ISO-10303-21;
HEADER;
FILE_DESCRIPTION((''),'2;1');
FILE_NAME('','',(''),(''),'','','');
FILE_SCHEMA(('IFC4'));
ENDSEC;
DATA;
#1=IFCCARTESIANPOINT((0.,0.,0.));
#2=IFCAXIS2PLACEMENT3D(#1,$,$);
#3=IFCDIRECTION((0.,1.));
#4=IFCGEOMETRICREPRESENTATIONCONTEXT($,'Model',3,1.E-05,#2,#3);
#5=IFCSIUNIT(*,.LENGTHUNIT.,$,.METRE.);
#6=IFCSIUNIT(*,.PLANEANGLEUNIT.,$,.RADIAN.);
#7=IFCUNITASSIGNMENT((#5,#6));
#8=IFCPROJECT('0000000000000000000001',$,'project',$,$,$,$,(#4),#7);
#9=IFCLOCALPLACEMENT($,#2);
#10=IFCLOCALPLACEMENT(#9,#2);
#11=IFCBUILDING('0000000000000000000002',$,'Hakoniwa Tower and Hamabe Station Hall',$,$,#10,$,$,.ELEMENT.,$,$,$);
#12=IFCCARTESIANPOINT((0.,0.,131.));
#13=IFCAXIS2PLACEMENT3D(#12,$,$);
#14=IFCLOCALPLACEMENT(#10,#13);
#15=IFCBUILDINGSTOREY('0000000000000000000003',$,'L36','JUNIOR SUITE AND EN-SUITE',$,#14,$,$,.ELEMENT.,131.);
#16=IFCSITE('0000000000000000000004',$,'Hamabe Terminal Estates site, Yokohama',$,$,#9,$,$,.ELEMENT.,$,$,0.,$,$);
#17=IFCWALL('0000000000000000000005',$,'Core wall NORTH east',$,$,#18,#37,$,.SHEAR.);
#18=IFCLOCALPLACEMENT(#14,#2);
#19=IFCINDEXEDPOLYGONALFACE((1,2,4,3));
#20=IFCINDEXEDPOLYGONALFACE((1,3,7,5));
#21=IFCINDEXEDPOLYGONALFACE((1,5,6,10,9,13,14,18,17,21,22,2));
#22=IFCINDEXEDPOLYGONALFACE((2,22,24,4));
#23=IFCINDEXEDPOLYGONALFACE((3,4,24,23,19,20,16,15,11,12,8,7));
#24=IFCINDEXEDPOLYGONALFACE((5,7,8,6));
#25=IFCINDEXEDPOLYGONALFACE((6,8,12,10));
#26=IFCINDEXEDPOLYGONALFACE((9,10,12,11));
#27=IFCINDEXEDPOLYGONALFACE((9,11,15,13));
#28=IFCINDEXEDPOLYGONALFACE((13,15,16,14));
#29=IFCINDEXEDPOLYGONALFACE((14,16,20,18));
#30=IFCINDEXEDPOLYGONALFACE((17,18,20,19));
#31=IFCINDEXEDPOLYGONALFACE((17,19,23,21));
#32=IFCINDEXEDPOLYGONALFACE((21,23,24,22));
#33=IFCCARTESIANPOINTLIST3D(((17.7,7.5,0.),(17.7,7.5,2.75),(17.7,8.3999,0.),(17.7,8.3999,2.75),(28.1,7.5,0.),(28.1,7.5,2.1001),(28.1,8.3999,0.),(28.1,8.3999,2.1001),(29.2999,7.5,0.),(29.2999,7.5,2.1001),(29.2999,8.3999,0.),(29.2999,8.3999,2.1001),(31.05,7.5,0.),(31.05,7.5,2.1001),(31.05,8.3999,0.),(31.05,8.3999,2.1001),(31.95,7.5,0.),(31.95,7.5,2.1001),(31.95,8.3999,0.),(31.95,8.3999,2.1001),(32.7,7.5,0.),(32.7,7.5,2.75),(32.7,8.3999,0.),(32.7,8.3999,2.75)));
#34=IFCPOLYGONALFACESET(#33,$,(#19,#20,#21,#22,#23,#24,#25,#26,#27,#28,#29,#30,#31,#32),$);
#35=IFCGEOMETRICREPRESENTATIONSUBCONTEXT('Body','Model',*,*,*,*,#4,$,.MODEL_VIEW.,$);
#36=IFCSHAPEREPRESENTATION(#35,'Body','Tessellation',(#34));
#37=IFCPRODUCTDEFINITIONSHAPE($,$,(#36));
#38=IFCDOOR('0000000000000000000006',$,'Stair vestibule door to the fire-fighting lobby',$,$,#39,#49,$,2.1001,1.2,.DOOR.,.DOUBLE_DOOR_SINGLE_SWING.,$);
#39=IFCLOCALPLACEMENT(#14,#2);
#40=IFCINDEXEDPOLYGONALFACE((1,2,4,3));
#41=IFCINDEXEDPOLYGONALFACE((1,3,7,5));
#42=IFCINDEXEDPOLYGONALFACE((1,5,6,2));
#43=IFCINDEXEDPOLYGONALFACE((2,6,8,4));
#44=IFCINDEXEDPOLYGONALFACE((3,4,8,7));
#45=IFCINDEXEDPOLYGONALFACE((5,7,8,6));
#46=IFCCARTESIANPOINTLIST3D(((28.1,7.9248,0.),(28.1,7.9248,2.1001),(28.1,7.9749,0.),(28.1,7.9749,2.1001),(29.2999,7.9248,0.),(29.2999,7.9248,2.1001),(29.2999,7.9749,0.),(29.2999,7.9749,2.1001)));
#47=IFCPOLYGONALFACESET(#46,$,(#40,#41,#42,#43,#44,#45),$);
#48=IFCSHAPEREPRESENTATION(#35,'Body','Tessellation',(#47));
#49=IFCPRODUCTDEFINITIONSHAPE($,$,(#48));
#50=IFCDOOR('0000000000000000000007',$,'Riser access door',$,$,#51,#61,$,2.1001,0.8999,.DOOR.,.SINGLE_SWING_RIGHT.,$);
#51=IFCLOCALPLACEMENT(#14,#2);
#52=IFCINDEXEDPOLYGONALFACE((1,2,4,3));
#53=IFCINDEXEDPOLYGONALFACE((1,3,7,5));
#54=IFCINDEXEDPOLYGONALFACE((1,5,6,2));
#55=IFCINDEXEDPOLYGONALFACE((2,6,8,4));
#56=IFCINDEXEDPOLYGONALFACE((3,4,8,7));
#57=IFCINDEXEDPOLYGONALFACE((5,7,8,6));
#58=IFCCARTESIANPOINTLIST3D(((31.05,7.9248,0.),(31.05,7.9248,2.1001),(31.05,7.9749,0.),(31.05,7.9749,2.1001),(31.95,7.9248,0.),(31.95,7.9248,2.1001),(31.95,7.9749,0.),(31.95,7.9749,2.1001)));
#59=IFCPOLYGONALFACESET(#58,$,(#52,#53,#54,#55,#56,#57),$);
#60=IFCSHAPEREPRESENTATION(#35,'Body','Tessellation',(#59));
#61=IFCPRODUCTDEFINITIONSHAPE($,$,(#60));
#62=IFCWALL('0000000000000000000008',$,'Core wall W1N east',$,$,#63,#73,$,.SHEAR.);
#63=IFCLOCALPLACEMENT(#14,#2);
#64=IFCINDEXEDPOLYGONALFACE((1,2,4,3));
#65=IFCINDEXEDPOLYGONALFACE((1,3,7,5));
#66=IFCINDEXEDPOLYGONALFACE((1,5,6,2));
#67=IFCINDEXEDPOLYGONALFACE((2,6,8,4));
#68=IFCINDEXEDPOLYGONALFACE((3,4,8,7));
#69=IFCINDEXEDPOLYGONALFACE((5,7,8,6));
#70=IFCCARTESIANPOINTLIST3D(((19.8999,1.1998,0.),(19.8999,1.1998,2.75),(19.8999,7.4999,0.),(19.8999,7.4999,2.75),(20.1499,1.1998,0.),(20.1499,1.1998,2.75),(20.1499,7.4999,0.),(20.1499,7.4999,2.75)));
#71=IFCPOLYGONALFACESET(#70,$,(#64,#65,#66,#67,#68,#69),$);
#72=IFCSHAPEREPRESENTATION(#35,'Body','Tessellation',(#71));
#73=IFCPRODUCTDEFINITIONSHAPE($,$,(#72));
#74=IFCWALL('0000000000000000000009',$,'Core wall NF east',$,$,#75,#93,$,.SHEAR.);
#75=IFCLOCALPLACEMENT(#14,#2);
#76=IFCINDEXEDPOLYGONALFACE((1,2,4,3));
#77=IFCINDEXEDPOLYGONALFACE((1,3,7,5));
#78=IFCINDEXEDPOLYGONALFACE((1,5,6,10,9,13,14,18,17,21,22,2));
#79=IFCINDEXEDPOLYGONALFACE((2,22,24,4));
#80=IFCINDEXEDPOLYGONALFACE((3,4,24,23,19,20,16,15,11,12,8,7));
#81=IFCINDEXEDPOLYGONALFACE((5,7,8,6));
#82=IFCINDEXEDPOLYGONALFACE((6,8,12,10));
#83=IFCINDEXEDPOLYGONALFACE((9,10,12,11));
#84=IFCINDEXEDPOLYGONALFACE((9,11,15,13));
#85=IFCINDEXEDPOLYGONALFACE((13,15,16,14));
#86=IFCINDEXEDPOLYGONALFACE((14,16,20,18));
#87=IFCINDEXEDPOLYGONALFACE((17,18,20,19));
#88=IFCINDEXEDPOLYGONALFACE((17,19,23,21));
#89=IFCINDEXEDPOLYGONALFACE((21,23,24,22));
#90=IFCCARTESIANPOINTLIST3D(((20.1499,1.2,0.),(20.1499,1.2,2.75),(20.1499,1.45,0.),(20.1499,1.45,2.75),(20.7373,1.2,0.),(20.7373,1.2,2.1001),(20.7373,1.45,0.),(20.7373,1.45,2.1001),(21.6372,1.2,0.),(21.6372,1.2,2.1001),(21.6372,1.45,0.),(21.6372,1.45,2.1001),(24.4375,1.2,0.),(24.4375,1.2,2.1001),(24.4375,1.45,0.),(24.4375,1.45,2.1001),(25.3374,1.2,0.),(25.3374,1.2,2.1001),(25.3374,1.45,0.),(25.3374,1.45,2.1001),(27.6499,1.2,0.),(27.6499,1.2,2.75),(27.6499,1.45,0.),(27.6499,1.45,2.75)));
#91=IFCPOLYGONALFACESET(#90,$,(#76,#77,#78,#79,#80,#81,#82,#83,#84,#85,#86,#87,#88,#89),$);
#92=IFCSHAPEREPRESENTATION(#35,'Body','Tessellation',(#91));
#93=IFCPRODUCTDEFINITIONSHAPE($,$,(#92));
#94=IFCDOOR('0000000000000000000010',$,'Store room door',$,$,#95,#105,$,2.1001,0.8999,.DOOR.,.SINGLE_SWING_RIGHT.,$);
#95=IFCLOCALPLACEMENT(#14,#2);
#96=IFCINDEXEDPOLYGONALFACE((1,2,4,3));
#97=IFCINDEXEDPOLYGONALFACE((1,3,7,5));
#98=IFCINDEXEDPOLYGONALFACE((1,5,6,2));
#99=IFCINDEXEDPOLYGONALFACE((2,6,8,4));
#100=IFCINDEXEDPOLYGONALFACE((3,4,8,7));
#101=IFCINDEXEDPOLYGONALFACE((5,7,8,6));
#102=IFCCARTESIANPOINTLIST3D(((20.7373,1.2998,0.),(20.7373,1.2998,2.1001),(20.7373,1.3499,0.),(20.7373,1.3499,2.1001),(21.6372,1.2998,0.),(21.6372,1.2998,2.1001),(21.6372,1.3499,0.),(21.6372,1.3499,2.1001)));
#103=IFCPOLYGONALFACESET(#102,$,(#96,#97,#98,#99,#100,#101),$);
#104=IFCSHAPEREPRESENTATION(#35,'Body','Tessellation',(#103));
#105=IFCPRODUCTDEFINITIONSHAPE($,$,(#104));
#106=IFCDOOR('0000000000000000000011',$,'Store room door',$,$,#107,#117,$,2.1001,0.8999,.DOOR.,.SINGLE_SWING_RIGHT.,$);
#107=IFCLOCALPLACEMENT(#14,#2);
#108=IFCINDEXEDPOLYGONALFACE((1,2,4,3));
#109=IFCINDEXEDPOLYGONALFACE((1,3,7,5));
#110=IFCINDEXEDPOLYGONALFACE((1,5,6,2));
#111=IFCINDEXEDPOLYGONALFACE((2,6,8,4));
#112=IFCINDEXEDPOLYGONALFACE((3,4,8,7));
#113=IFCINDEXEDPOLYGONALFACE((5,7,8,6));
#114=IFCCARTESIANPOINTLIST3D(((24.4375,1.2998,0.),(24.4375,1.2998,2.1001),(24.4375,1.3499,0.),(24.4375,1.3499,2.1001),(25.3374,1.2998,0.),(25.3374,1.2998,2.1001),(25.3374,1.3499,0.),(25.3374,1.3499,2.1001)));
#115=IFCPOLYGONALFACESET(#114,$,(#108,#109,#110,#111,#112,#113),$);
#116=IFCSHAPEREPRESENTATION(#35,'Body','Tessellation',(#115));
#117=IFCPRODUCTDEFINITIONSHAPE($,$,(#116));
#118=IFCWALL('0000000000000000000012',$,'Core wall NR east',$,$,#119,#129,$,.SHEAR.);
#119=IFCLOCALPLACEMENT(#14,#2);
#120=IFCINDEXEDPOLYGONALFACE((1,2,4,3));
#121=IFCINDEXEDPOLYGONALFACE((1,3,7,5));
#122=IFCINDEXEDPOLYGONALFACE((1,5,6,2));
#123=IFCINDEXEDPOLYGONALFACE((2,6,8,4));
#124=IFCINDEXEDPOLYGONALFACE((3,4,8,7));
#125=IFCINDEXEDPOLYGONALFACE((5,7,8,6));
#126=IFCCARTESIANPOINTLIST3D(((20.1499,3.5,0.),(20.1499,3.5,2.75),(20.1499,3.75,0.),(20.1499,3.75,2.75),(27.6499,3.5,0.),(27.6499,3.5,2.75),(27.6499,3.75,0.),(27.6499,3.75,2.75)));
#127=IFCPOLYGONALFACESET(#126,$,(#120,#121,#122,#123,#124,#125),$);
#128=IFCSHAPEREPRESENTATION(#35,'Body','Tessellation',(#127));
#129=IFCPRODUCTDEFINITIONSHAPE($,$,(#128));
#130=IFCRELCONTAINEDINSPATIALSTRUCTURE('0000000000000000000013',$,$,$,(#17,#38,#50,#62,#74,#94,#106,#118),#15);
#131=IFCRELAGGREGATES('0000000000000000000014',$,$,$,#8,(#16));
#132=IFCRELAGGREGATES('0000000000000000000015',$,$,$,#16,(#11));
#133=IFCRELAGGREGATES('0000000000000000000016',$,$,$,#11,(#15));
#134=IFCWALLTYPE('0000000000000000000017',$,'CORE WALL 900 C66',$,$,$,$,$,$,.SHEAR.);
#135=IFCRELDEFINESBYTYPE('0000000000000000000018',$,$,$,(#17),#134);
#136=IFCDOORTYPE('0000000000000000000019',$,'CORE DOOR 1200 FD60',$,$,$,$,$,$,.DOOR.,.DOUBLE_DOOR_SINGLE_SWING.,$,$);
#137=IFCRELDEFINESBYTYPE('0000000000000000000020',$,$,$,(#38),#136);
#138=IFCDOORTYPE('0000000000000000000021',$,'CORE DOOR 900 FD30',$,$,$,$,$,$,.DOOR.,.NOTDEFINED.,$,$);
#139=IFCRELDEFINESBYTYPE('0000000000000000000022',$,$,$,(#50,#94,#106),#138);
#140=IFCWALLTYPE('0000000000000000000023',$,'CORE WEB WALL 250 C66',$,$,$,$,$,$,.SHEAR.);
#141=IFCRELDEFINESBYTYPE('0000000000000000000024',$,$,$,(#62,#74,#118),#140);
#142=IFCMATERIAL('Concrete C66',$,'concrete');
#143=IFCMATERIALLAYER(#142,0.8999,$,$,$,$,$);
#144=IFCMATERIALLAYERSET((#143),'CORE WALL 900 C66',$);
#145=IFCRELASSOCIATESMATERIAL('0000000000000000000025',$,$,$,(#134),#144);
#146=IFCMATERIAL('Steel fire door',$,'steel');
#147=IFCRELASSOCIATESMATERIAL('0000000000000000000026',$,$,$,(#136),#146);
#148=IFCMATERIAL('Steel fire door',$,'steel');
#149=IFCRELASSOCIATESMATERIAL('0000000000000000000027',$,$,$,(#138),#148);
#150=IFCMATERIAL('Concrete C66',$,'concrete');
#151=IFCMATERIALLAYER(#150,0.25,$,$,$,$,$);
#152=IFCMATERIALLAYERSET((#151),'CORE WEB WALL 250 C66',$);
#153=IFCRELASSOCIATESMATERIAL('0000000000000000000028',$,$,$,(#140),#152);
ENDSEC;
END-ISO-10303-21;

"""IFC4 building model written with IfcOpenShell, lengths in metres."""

from ifc_helpers import new_model, si_unit, direction, frame, frame_2d, origin, place, context, subcontext, project, spatial, rectangle, extrude, material, layer, layer_set, type_object, element, fill, save


model = new_model("IFC4")

# Units and contexts
model_context = context("Model", 3, precision=1e-05, world=origin(), true_north=direction((0.0, 1.0)))
body_context = subcontext(model_context, "Body", "Model", "MODEL_VIEW")
ifc_project = project(units=[si_unit("LENGTHUNIT", "METRE"), si_unit("PLANEANGLEUNIT", "RADIAN")], contexts=[model_context])

# Site, building, storey
site_placement = place(None, origin())
site = spatial("IfcSite", under=ifc_project, at=site_placement, Name="Hamabe Terminal Estates site, Yokohama", CompositionType="ELEMENT", RefElevation=0.0)
building_placement = place(site_placement, origin())
building = spatial("IfcBuilding", under=site, at=building_placement, Name="Hakoniwa Tower and Hamabe Station Hall", CompositionType="ELEMENT")
storey_placement = place(building_placement, frame((0.0, 0.0, 131.0)))
storey = spatial("IfcBuildingStorey", under=building, at=storey_placement, Name="L36", Description="JUNIOR SUITE AND EN-SUITE", CompositionType="ELEMENT", Elevation=131.0)

# Wall, openings, doors
ifc_material_1 = material(Name="Concrete C66", Category="concrete")
ifc_layer_1 = layer(ifc_material_1, 0.8999)
ifc_layer_set_1 = layer_set([ifc_layer_1], Name="CORE WALL 900 C66")
wall_type_1 = type_object("IfcWallType", Name="CORE WALL 900 C66", PredefinedType="SHEAR", material=ifc_layer_set_1)
wall_1_placement = place(storey_placement, frame((17.7, 7.95, 0.0), z_axis=(0.0, 0.0, 1.0), x_axis=(1.0, 0.0, 0.0)))
wall_1 = element("IfcWall", 1, at=wall_1_placement, inside=storey, type_object=wall_type_1, Name="Core wall NORTH east", PredefinedType="SHEAR", context=body_context, shape_type="SweptSolid", body=[
    extrude(rectangle(XDim=15.0, YDim=0.8999, at=frame_2d((7.5, 0.0))), origin(), (0.0, 0.0, 1.0), 2.75),
])
opening_1_placement = place(wall_1_placement, frame((10.3999, 0.0, 0.0)))
opening_1 = element("IfcOpeningElement", 2, at=opening_1_placement, cuts=wall_1, PredefinedType="OPENING", context=body_context, shape_type="SweptSolid", body=[
    extrude(rectangle(XDim=1.2, YDim=2.1001, at=frame_2d((0.6001, 1.05))), frame((0.0, 0.46, 0.0), z_axis=(0.0, -1.0, 0.0), x_axis=(1.0, 0.0, 0.0)), (0.0, 0.0, 1.0), 0.9199),
])
opening_2_placement = place(wall_1_placement, frame((13.3501, 0.0, 0.0)))
opening_2 = element("IfcOpeningElement", 3, at=opening_2_placement, cuts=wall_1, PredefinedType="OPENING", context=body_context, shape_type="SweptSolid", body=[
    extrude(rectangle(XDim=0.8999, YDim=2.1001, at=frame_2d((0.45, 1.05))), frame((0.0, 0.46, 0.0), z_axis=(0.0, -1.0, 0.0), x_axis=(1.0, 0.0, 0.0)), (0.0, 0.0, 1.0), 0.9199),
])
ifc_material_2 = material(Name="Steel fire door", Category="steel")
door_type_1 = type_object("IfcDoorType", Name="CORE DOOR 1200 FD60", OperationType="DOUBLE_DOOR_SINGLE_SWING", PredefinedType="DOOR", material=ifc_material_2)
door_1_placement = place(opening_1_placement, origin())
door_1 = element("IfcDoor", 4, at=door_1_placement, inside=storey, type_object=door_type_1, Name="Stair vestibule door to the fire-fighting lobby", OperationType="DOUBLE_DOOR_SINGLE_SWING", OverallHeight=2.1001, OverallWidth=1.2, PredefinedType="DOOR", context=body_context, shape_type="SweptSolid", body=[
    extrude(rectangle(XDim=1.2, YDim=2.1001, at=frame_2d((0.6001, 1.05))), frame((0.0, 0.0249, 0.0), z_axis=(0.0, -1.0, 0.0), x_axis=(1.0, 0.0, 0.0)), (0.0, 0.0, 1.0), 0.05),
])
fill(opening_1, door_1)
ifc_material_3 = material(Name="Steel fire door", Category="steel")
door_type_2 = type_object("IfcDoorType", Name="CORE DOOR 900 FD30", OperationType="NOTDEFINED", PredefinedType="DOOR", material=ifc_material_3)
door_2_placement = place(opening_2_placement, origin())
door_2 = element("IfcDoor", 5, at=door_2_placement, inside=storey, type_object=door_type_2, Name="Riser access door", OperationType="SINGLE_SWING_RIGHT", OverallHeight=2.1001, OverallWidth=0.8999, PredefinedType="DOOR", context=body_context, shape_type="SweptSolid", body=[
    extrude(rectangle(XDim=0.8999, YDim=2.1001, at=frame_2d((0.45, 1.05))), frame((0.0, 0.0249, 0.0), z_axis=(0.0, -1.0, 0.0), x_axis=(1.0, 0.0, 0.0)), (0.0, 0.0, 1.0), 0.05),
])
fill(opening_2, door_2)

# Wall
ifc_material_4 = material(Name="Concrete C66", Category="concrete")
ifc_layer_2 = layer(ifc_material_4, 0.25)
ifc_layer_set_2 = layer_set([ifc_layer_2], Name="CORE WEB WALL 250 C66")
wall_type_2 = type_object("IfcWallType", Name="CORE WEB WALL 250 C66", PredefinedType="SHEAR", material=ifc_layer_set_2)
wall_2_placement = place(storey_placement, frame((20.0249, 1.2, 0.0), z_axis=(0.0, 0.0, 1.0), x_axis=(0.0, 1.0, 0.0)))
element("IfcWall", 6, at=wall_2_placement, inside=storey, type_object=wall_type_2, Name="Core wall W1N east", PredefinedType="SHEAR", context=body_context, shape_type="SweptSolid", body=[
    extrude(rectangle(XDim=6.3, YDim=0.25, at=frame_2d((3.1499, 0.0))), origin(), (0.0, 0.0, 1.0), 2.75),
])

# Wall, openings, doors
wall_3_placement = place(storey_placement, frame((20.1499, 1.325, 0.0), z_axis=(0.0, 0.0, 1.0), x_axis=(1.0, 0.0, 0.0)))
wall_3 = element("IfcWall", 7, at=wall_3_placement, inside=storey, type_object=wall_type_2, Name="Core wall NF east", PredefinedType="SHEAR", context=body_context, shape_type="SweptSolid", body=[
    extrude(rectangle(XDim=7.5, YDim=0.25, at=frame_2d((3.75, 0.0))), origin(), (0.0, 0.0, 1.0), 2.75),
])
opening_3_placement = place(wall_3_placement, frame((0.5874, 0.0, 0.0)))
opening_3 = element("IfcOpeningElement", 8, at=opening_3_placement, cuts=wall_3, PredefinedType="OPENING", context=body_context, shape_type="SweptSolid", body=[
    extrude(rectangle(XDim=0.8999, YDim=2.1001, at=frame_2d((0.45, 1.05))), frame((0.0, 0.135, 0.0), z_axis=(0.0, -1.0, 0.0), x_axis=(1.0, 0.0, 0.0)), (0.0, 0.0, 1.0), 0.27),
])
opening_4_placement = place(wall_3_placement, frame((4.2876, 0.0, 0.0)))
opening_4 = element("IfcOpeningElement", 9, at=opening_4_placement, cuts=wall_3, PredefinedType="OPENING", context=body_context, shape_type="SweptSolid", body=[
    extrude(rectangle(XDim=0.8999, YDim=2.1001, at=frame_2d((0.45, 1.05))), frame((0.0, 0.135, 0.0), z_axis=(0.0, -1.0, 0.0), x_axis=(1.0, 0.0, 0.0)), (0.0, 0.0, 1.0), 0.27),
])
door_3_placement = place(opening_3_placement, origin())
door_3 = element("IfcDoor", 10, at=door_3_placement, inside=storey, type_object=door_type_2, Name="Store room door", OperationType="SINGLE_SWING_RIGHT", OverallHeight=2.1001, OverallWidth=0.8999, PredefinedType="DOOR", context=body_context, shape_type="SweptSolid", body=[
    extrude(rectangle(XDim=0.8999, YDim=2.1001, at=frame_2d((0.45, 1.05))), frame((0.0, 0.0249, 0.0), z_axis=(0.0, -1.0, 0.0), x_axis=(1.0, 0.0, 0.0)), (0.0, 0.0, 1.0), 0.05),
])
fill(opening_3, door_3)
door_4_placement = place(opening_4_placement, origin())
door_4 = element("IfcDoor", 11, at=door_4_placement, inside=storey, type_object=door_type_2, Name="Store room door", OperationType="SINGLE_SWING_RIGHT", OverallHeight=2.1001, OverallWidth=0.8999, PredefinedType="DOOR", context=body_context, shape_type="SweptSolid", body=[
    extrude(rectangle(XDim=0.8999, YDim=2.1001, at=frame_2d((0.45, 1.05))), frame((0.0, 0.0249, 0.0), z_axis=(0.0, -1.0, 0.0), x_axis=(1.0, 0.0, 0.0)), (0.0, 0.0, 1.0), 0.05),
])
fill(opening_4, door_4)

# Wall
wall_4_placement = place(storey_placement, frame((20.1499, 3.625, 0.0), z_axis=(0.0, 0.0, 1.0), x_axis=(1.0, 0.0, 0.0)))
element("IfcWall", 12, at=wall_4_placement, inside=storey, type_object=wall_type_2, Name="Core wall NR east", PredefinedType="SHEAR", context=body_context, shape_type="SweptSolid", body=[
    extrude(rectangle(XDim=7.5, YDim=0.25, at=frame_2d((3.75, 0.0))), origin(), (0.0, 0.0, 1.0), 2.75),
])

save(model, "model.ifc")
